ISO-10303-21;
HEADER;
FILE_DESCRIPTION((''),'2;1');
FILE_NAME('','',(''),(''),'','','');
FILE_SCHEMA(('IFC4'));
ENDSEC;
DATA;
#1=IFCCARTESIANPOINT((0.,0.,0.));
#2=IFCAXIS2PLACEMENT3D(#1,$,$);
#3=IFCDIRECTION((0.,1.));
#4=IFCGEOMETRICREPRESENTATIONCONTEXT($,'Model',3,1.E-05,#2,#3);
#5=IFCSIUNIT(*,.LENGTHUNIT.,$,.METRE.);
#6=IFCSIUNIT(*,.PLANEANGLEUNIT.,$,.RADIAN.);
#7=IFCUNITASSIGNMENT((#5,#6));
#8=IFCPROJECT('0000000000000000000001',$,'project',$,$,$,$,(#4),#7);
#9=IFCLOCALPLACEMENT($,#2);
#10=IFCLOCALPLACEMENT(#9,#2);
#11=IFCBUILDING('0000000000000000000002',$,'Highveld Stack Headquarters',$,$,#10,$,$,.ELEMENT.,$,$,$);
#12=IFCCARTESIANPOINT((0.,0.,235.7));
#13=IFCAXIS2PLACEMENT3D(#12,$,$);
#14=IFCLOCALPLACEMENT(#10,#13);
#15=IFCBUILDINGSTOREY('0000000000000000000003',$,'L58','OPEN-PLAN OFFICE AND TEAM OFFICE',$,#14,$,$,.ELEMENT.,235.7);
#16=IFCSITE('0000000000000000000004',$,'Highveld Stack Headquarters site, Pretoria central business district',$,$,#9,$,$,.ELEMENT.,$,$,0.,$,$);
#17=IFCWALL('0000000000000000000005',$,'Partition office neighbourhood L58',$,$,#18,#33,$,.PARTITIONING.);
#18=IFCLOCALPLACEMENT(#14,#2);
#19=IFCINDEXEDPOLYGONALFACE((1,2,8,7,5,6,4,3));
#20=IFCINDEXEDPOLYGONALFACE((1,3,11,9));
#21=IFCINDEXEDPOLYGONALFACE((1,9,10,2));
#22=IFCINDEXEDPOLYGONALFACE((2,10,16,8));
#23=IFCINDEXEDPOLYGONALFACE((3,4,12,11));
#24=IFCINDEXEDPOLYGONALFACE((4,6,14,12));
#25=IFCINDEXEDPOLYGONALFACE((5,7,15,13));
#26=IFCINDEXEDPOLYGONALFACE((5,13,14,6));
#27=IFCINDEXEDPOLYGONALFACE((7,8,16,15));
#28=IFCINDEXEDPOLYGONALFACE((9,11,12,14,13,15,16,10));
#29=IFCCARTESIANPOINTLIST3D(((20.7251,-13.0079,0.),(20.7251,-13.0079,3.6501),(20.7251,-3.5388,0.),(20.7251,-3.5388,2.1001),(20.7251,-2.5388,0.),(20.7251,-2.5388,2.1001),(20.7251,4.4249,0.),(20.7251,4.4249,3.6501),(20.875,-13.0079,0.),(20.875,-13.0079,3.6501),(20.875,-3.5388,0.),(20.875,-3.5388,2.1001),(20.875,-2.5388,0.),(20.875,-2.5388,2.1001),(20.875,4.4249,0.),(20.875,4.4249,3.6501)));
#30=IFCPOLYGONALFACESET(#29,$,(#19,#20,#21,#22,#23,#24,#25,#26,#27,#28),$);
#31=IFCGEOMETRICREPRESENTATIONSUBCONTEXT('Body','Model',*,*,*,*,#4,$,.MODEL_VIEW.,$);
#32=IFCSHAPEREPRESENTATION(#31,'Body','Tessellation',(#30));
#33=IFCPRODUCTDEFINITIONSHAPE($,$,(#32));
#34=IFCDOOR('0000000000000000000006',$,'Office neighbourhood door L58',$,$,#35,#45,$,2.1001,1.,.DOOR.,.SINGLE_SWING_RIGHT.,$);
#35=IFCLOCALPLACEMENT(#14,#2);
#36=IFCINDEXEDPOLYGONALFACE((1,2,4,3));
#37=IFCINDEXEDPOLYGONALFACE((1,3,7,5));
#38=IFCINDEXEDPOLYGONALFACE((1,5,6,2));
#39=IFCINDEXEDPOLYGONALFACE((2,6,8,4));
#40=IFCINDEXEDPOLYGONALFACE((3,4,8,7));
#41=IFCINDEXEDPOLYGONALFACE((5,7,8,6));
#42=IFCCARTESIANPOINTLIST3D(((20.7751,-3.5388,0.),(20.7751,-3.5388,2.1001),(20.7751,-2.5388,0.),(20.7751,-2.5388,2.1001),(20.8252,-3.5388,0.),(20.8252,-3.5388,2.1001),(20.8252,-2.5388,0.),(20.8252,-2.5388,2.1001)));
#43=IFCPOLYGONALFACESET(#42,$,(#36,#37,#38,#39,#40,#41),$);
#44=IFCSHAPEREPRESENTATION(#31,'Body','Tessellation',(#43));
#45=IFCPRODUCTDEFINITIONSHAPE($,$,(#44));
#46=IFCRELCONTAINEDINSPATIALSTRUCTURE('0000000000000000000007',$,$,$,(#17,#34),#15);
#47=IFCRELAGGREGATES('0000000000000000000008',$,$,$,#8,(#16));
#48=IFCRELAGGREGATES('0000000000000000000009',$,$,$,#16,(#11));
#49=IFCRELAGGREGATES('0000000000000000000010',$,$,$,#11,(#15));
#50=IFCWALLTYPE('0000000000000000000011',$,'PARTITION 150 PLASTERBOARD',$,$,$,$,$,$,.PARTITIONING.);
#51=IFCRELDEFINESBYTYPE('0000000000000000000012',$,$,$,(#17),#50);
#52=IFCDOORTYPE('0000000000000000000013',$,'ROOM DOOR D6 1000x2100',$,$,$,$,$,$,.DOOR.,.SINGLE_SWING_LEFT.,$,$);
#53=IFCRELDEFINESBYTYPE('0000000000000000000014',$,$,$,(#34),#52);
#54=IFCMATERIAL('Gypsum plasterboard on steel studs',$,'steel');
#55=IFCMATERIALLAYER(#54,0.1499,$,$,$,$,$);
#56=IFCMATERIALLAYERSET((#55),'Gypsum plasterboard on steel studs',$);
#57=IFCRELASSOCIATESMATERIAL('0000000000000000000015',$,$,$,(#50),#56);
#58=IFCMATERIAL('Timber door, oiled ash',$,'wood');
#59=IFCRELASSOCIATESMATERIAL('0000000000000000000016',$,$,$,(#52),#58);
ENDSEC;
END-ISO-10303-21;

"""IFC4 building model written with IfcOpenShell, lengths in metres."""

from ifc_helpers import new_model, si_unit, direction, frame, frame_2d, origin, place, context, subcontext, project, spatial, rectangle, extrude, material, layer, layer_set, type_object, element, fill, save


model = new_model("IFC4")

# Units and contexts
model_context = context("Model", 3, precision=1e-05, world=origin(), true_north=direction((0.0, 1.0)))
body_context = subcontext(model_context, "Body", "Model", "MODEL_VIEW")
ifc_project = project(units=[si_unit("LENGTHUNIT", "METRE"), si_unit("PLANEANGLEUNIT", "RADIAN")], contexts=[model_context])

# Site, building, storey
site_placement = place(None, origin())
site = spatial("IfcSite", under=ifc_project, at=site_placement, Name="Highveld Stack Headquarters site, Pretoria central business district", CompositionType="ELEMENT", RefElevation=0.0)
building_placement = place(site_placement, origin())
building = spatial("IfcBuilding", under=site, at=building_placement, Name="Highveld Stack Headquarters", CompositionType="ELEMENT")
storey_placement = place(building_placement, frame((0.0, 0.0, 235.7)))
storey = spatial("IfcBuildingStorey", under=building, at=storey_placement, Name="L58", Description="OPEN-PLAN OFFICE AND TEAM OFFICE", CompositionType="ELEMENT", Elevation=235.7)

# Shared definitions
ifc_material_1 = material(Name="Gypsum plasterboard on steel studs", Category="steel")
ifc_layer_1 = layer(ifc_material_1, 0.1499)
ifc_layer_set_1 = layer_set([ifc_layer_1], Name="Gypsum plasterboard on steel studs")
wall_type = type_object("IfcWallType", Name="PARTITION 150 PLASTERBOARD", PredefinedType="PARTITIONING", material=ifc_layer_set_1)

# Wall, opening, door
wall_1_placement = place(storey_placement, frame((20.8, -13.0078, 0.0), z_axis=(0.0, 0.0, 1.0), x_axis=(0.0, 1.0, 0.0)))
wall_1 = element("IfcWall", 1, at=wall_1_placement, inside=storey, type_object=wall_type, Name="Partition office neighbourhood L58", PredefinedType="PARTITIONING", context=body_context, shape_type="SweptSolid", body=[
    extrude(rectangle(XDim=17.4329, YDim=0.1499, at=frame_2d((8.7163, 0.0))), origin(), (0.0, 0.0, 1.0), 3.6501),
])
opening_placement = place(wall_1_placement, frame((9.469, 0.0, 0.0)))
opening = element("IfcOpeningElement", 2, at=opening_placement, cuts=wall_1, PredefinedType="OPENING", context=body_context, shape_type="SweptSolid", body=[
    extrude(rectangle(XDim=1.0, YDim=2.1001, at=frame_2d((0.5, 1.05))), frame((0.0, 0.085, 0.0), z_axis=(0.0, -1.0, 0.0), x_axis=(1.0, 0.0, 0.0)), (0.0, 0.0, 1.0), 0.1699),
])
ifc_material_2 = material(Name="Timber door, oiled ash", Category="wood")
door_type = type_object("IfcDoorType", Name="ROOM DOOR D6 1000x2100", OperationType="SINGLE_SWING_LEFT", PredefinedType="DOOR", material=ifc_material_2)
door_placement = place(opening_placement, origin())
door = element("IfcDoor", 3, at=door_placement, inside=storey, type_object=door_type, Name="Office neighbourhood door L58", OperationType="SINGLE_SWING_RIGHT", OverallHeight=2.1001, OverallWidth=1.0, PredefinedType="DOOR", context=body_context, shape_type="SweptSolid", body=[
    extrude(rectangle(XDim=1.0, YDim=2.1001, at=frame_2d((0.5, 1.05))), frame((0.0, 0.0249, 0.0), z_axis=(0.0, -1.0, 0.0), x_axis=(1.0, 0.0, 0.0)), (0.0, 0.0, 1.0), 0.05),
])
fill(opening, door)

save(model, "model.ifc")
